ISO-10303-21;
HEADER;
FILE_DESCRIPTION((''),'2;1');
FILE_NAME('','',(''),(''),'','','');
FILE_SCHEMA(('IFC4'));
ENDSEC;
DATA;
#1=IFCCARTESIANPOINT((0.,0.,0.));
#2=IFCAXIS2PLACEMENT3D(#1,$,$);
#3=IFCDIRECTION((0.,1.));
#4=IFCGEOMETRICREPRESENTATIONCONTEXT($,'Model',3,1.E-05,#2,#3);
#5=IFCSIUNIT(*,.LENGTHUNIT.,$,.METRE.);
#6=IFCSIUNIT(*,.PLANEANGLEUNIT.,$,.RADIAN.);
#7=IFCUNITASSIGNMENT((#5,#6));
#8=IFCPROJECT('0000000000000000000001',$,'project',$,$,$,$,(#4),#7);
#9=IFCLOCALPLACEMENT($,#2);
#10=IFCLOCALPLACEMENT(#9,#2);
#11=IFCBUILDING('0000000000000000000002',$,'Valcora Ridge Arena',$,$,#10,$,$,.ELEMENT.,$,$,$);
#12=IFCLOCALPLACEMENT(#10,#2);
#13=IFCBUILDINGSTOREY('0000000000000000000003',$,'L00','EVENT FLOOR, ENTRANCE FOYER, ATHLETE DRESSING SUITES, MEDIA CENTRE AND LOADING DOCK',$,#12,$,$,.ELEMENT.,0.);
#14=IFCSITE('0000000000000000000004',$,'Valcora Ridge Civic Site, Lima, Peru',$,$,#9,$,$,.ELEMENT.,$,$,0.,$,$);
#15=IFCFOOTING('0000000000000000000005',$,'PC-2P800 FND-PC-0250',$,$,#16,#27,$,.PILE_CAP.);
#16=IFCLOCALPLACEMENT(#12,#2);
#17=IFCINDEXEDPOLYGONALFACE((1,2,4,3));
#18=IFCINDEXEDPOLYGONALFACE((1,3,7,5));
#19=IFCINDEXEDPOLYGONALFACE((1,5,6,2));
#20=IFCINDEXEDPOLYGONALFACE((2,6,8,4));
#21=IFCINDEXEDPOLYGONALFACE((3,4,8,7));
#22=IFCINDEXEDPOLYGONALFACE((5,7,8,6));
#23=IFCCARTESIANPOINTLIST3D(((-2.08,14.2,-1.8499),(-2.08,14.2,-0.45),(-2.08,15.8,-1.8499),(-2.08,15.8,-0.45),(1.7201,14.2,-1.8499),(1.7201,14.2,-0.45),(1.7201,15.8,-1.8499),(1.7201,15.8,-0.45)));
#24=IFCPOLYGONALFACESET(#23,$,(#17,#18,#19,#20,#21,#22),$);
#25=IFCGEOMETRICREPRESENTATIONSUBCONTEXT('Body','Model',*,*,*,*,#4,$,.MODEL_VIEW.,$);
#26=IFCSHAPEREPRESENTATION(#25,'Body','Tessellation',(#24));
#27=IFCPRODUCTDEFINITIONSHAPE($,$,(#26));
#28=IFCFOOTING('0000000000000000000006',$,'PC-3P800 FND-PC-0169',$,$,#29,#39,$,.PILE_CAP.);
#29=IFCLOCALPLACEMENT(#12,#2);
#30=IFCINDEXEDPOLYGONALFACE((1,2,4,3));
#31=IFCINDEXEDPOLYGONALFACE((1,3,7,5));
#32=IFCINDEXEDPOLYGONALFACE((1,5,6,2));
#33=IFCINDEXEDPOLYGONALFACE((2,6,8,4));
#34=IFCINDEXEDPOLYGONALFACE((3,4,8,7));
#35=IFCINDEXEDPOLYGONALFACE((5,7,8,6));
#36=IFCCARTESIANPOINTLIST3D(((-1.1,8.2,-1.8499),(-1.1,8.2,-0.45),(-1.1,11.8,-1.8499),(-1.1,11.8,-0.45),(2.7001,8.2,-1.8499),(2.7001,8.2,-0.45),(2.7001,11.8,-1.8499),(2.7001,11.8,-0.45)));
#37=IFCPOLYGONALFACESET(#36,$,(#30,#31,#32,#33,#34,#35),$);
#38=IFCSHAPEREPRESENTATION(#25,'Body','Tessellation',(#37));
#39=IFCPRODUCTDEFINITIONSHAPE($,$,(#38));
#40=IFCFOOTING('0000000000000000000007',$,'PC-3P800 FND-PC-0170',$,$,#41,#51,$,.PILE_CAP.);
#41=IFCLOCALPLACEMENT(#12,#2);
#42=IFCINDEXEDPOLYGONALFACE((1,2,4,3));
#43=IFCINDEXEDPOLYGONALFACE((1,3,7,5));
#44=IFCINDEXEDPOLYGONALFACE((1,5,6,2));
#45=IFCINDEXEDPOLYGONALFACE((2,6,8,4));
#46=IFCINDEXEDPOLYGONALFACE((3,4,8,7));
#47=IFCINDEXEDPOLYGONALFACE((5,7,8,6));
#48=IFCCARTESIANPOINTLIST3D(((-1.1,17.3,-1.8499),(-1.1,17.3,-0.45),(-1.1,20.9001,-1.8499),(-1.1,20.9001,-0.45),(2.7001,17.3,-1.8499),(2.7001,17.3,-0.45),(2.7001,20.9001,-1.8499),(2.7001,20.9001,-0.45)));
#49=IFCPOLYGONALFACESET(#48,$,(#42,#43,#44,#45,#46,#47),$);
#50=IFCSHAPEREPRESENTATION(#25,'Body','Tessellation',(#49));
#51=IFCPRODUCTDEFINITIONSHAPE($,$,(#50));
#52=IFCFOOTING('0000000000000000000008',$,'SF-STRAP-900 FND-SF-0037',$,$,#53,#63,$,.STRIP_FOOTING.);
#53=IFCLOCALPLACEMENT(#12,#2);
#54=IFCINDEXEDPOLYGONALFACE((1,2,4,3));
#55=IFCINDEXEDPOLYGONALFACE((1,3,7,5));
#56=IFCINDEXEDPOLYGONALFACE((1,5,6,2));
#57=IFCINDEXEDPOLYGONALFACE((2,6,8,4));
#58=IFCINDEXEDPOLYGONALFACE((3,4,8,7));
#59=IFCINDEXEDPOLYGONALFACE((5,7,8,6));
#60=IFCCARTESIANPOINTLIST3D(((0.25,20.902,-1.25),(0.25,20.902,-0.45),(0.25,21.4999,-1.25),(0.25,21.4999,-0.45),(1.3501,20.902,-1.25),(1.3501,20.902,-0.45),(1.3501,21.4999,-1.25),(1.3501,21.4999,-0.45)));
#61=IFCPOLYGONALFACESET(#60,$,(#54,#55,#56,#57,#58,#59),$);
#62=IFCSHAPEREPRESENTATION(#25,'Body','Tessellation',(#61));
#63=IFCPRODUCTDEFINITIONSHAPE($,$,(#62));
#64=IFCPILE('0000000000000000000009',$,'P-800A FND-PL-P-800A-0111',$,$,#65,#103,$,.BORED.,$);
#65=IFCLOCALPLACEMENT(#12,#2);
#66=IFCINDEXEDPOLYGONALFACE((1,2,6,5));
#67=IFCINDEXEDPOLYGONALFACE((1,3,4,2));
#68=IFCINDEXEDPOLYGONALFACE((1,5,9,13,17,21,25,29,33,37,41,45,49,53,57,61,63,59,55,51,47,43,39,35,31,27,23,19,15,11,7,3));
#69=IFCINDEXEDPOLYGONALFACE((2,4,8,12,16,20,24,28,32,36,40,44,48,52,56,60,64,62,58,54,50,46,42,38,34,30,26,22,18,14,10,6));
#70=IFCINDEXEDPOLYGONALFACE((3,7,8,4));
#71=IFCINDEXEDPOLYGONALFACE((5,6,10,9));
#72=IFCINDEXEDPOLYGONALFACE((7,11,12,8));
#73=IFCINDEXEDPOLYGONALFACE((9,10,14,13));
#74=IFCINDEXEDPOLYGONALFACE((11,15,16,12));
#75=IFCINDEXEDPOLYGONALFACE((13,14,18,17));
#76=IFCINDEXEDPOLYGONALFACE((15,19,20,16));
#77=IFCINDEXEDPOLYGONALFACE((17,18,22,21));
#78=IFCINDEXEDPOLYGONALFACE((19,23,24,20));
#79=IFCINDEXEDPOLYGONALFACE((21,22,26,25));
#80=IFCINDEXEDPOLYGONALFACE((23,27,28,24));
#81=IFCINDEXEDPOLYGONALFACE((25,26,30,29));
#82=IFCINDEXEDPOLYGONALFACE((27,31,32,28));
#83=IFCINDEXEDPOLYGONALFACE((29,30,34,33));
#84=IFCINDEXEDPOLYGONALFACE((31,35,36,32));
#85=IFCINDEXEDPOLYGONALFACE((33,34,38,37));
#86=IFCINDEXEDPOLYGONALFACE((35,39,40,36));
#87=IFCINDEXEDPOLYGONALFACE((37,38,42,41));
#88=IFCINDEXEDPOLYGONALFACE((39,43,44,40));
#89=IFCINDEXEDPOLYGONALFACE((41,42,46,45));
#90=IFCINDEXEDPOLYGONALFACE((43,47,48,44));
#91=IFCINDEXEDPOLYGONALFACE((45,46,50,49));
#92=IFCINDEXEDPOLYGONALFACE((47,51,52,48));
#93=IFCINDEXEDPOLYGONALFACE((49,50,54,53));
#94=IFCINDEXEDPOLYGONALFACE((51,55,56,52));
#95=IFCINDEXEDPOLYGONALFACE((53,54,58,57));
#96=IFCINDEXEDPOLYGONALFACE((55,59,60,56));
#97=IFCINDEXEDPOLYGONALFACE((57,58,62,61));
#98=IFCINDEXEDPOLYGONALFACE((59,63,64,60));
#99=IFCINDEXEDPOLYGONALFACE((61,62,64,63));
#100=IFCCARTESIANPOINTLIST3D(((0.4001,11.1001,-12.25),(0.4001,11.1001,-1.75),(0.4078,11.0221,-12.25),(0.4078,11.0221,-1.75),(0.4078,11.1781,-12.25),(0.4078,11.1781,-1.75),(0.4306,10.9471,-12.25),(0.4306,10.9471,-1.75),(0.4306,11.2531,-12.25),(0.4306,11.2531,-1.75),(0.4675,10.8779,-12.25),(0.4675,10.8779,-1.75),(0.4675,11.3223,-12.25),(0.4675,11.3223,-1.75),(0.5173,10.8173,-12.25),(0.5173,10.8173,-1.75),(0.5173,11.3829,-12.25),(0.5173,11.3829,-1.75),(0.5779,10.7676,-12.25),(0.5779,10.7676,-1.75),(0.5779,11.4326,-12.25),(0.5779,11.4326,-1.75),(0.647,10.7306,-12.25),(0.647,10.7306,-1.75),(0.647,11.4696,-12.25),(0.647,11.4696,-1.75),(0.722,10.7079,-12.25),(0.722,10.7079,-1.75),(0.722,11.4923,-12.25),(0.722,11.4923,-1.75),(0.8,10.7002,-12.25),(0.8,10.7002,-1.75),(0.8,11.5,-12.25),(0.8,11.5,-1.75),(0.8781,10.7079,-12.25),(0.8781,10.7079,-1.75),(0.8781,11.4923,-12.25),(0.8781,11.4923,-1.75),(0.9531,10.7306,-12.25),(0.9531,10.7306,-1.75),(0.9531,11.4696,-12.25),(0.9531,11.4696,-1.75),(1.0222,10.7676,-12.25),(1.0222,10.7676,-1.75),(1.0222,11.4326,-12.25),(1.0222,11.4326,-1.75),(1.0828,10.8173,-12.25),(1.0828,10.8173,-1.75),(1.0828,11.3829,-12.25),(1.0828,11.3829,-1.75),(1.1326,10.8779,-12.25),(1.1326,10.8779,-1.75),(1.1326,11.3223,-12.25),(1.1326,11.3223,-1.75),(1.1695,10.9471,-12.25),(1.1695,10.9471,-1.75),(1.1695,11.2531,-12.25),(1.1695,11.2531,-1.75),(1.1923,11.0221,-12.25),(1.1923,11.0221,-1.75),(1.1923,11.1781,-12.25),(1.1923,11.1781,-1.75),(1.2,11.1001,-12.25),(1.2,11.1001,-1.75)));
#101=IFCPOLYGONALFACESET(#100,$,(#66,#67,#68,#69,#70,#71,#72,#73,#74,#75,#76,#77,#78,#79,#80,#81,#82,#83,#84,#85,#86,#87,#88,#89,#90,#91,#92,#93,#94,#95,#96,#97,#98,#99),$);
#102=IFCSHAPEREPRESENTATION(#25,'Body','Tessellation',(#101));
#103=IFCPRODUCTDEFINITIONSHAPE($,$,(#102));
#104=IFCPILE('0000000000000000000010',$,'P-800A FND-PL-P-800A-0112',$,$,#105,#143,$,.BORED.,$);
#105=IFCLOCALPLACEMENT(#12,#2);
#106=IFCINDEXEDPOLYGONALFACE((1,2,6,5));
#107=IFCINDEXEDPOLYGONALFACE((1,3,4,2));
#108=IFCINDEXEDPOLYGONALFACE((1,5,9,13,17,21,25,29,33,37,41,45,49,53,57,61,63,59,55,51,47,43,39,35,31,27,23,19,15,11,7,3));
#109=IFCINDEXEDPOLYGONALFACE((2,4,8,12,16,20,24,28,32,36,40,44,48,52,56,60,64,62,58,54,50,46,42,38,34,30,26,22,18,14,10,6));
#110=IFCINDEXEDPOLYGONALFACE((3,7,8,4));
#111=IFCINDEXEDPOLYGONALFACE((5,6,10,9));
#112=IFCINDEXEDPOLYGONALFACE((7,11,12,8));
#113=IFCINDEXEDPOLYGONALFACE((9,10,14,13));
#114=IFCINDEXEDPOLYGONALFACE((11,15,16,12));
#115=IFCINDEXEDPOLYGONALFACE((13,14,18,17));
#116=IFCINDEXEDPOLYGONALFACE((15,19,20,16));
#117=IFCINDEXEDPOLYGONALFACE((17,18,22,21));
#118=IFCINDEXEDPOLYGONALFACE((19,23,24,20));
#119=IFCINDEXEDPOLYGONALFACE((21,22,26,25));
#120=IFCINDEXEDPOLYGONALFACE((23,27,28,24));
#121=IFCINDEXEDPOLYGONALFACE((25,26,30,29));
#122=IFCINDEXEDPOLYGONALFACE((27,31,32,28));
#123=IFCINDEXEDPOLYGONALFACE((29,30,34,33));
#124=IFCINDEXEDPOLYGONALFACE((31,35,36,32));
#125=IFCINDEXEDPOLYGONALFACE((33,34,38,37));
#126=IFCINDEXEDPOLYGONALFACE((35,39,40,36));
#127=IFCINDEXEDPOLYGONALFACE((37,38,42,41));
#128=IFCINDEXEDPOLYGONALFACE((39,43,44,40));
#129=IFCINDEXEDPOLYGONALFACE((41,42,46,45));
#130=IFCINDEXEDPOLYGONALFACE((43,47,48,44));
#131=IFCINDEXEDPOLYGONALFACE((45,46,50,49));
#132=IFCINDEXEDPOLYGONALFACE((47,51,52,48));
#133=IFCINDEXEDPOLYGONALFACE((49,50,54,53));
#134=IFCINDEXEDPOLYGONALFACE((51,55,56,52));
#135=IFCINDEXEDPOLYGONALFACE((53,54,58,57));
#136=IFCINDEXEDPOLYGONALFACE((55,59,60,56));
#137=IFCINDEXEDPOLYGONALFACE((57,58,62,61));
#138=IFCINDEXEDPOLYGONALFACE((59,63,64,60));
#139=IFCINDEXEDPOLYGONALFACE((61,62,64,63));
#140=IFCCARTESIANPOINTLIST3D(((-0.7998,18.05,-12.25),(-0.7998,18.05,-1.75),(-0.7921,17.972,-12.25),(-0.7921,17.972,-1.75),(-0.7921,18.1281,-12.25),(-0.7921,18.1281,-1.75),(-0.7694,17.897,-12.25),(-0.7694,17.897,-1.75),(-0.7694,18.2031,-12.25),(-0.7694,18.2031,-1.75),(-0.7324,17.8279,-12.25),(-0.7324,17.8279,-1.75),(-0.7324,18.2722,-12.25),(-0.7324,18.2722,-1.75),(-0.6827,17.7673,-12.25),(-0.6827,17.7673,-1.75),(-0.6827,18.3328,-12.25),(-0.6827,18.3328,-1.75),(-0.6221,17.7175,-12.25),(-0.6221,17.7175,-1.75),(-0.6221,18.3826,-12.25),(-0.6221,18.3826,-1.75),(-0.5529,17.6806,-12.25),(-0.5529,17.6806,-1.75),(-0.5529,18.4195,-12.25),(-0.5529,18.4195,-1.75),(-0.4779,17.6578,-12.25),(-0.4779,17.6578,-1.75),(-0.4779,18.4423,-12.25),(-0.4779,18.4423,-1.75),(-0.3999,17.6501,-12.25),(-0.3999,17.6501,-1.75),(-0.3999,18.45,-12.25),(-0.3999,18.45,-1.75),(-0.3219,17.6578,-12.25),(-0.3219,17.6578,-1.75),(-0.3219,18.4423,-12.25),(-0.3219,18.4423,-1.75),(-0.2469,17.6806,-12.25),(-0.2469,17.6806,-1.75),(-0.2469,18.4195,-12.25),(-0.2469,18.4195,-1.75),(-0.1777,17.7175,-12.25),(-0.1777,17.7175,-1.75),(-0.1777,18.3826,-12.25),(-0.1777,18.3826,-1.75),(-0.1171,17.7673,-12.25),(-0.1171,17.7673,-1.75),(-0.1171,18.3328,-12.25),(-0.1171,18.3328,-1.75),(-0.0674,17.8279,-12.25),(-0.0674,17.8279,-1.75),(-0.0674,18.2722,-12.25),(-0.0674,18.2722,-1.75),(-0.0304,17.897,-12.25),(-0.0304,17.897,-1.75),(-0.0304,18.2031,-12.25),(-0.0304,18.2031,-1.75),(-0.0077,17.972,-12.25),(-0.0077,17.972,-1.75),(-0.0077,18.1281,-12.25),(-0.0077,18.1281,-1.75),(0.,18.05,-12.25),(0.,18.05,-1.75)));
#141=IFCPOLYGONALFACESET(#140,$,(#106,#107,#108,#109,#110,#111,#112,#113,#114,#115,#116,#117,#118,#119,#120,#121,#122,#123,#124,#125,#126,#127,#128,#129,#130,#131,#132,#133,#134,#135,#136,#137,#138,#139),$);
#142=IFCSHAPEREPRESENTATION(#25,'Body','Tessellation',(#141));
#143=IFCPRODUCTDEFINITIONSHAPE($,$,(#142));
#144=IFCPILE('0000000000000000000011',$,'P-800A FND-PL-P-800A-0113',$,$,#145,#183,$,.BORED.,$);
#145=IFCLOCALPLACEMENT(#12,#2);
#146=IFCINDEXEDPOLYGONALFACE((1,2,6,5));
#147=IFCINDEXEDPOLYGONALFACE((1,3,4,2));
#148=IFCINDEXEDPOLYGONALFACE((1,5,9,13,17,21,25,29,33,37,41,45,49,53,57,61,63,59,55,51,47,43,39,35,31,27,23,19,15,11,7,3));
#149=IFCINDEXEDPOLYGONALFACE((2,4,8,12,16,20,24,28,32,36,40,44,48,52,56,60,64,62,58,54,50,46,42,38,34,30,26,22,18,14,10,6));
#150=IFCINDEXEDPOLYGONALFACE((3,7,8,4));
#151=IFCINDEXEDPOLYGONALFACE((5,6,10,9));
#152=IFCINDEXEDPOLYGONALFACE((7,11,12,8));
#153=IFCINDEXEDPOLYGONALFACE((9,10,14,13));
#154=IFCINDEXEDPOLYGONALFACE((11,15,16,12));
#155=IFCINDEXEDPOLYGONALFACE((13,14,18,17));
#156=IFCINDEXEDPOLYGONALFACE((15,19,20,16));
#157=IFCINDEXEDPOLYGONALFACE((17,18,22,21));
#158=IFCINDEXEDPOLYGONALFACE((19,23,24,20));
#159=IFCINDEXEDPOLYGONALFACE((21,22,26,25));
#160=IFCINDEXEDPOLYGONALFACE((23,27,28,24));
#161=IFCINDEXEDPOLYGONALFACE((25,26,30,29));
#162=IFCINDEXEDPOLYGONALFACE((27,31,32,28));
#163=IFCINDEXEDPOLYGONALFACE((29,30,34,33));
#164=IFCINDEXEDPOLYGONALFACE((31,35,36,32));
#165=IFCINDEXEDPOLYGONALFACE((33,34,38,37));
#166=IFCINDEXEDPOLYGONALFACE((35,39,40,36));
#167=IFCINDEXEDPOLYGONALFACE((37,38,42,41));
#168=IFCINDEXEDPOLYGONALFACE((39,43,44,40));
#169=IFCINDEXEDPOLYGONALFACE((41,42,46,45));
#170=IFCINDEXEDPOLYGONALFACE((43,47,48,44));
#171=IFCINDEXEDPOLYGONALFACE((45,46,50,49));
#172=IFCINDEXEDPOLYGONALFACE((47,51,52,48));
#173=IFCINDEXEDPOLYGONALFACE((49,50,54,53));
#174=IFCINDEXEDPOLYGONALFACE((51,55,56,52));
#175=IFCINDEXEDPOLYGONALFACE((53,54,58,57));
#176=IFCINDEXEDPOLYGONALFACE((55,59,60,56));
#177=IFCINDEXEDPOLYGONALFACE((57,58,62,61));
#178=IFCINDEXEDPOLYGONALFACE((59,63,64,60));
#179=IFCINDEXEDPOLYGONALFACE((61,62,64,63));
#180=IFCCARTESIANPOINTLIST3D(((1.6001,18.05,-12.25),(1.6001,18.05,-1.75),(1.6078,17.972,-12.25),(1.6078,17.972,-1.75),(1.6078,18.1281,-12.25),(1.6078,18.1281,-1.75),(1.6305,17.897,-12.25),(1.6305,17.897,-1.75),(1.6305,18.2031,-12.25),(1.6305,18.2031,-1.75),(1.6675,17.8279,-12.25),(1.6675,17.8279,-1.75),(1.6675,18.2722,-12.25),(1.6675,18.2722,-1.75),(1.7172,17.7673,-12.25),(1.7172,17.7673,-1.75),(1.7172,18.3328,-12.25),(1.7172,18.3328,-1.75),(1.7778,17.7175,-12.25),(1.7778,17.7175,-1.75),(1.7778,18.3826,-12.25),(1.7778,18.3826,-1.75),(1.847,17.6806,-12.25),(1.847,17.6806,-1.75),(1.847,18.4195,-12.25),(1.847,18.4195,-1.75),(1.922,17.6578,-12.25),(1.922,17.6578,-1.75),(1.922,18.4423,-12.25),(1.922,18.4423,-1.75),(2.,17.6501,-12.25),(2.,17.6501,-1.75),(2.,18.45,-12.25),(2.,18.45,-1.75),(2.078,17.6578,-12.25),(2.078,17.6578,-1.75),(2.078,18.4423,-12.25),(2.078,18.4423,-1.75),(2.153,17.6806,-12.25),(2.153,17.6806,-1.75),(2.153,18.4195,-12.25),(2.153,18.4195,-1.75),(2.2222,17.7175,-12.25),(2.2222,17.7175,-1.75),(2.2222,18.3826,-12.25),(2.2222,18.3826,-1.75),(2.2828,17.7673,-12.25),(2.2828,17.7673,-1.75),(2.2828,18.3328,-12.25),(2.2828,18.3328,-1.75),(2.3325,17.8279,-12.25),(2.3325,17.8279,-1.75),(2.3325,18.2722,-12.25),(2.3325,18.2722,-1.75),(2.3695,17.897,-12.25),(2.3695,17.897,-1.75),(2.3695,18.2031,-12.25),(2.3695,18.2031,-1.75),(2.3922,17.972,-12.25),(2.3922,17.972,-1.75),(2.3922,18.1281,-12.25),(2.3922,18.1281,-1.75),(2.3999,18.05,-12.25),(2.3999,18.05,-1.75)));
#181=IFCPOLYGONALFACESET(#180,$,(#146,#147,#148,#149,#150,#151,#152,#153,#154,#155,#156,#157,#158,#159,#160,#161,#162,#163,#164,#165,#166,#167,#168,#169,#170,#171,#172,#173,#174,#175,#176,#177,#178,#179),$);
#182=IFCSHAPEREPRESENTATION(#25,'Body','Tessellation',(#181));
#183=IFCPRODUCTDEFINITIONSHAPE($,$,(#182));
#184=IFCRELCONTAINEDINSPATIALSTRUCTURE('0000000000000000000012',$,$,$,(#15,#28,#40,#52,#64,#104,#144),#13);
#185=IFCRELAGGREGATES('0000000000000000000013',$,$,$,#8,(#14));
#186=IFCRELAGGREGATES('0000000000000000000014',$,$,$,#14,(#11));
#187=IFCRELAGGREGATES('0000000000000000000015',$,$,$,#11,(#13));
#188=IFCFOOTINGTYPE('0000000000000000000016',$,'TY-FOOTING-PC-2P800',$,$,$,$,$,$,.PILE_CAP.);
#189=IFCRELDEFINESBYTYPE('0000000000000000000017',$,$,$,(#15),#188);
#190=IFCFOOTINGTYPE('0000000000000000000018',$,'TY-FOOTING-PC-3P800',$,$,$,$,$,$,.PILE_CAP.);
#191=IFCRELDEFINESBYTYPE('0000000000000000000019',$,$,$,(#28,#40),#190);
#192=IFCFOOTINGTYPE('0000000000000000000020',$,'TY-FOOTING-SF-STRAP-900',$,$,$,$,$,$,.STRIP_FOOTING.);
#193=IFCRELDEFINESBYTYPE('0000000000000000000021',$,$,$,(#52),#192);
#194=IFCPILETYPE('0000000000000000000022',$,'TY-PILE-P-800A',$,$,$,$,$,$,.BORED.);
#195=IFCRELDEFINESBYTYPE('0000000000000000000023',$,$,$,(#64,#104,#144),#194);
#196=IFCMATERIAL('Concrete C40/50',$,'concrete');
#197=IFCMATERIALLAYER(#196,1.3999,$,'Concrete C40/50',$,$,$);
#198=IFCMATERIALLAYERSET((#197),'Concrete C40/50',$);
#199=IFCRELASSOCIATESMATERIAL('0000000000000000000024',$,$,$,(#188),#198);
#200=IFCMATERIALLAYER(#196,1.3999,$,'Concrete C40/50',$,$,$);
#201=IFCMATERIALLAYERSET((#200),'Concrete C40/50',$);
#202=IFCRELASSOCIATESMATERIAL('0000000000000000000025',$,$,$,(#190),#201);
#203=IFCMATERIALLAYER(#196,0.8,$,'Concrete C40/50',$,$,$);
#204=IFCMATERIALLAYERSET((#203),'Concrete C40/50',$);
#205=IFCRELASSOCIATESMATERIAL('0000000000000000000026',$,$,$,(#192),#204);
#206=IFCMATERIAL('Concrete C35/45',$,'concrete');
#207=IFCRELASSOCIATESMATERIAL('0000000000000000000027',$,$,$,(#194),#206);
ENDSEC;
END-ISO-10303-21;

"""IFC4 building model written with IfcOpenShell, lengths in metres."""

from ifc_helpers import new_model, si_unit, direction, frame, origin, origin_2d, place, context, subcontext, project, spatial, rectangle, circle, extrude, material, layer, layer_set, material_profile, profile_set, type_object, element, save


model = new_model("IFC4")

# Units and contexts
model_context = context("Model", 3, precision=1e-05, world=origin(), true_north=direction((0.0, 1.0)))
body_context = subcontext(model_context, "Body", "Model", "MODEL_VIEW")
ifc_project = project(units=[si_unit("LENGTHUNIT", "METRE"), si_unit("PLANEANGLEUNIT", "RADIAN")], contexts=[model_context])

# Site, building, storey
site_placement = place(None, origin())
site = spatial("IfcSite", under=ifc_project, at=site_placement, Name="Valcora Ridge Civic Site, Lima, Peru", CompositionType="ELEMENT", RefElevation=0.0)
building_placement = place(site_placement, origin())
building = spatial("IfcBuilding", under=site, at=building_placement, Name="Valcora Ridge Arena", CompositionType="ELEMENT")
storey_placement = place(building_placement, origin())
storey = spatial("IfcBuildingStorey", under=building, at=storey_placement, Name="L00", Description="EVENT FLOOR, ENTRANCE FOYER, ATHLETE DRESSING SUITES, MEDIA CENTRE AND LOADING DOCK", CompositionType="ELEMENT", Elevation=0.0)

# Footings
ifc_material_1 = material(Name="Concrete C40/50", Category="concrete")
ifc_layer_1 = layer(ifc_material_1, 1.3999, Name="Concrete C40/50")
ifc_layer_set_1 = layer_set([ifc_layer_1], Name="Concrete C40/50")
footing_type_1 = type_object("IfcFootingType", Name="TY-FOOTING-PC-2P800", PredefinedType="PILE_CAP", material=ifc_layer_set_1)
footing_1_placement = place(storey_placement, frame((-0.1799, 15.0, -1.8499), z_axis=(0.0, 0.0, 1.0), x_axis=(1.0, 0.0, 0.0)))
element("IfcFooting", 1, at=footing_1_placement, inside=storey, type_object=footing_type_1, Name="PC-2P800 FND-PC-0250", PredefinedType="PILE_CAP", context=body_context, shape_type="SweptSolid", body=[
    extrude(rectangle(XDim=3.8, YDim=1.6001, at=origin_2d()), origin(), (0.0, 0.0, 1.0), 1.3999),
])
ifc_layer_2 = layer(ifc_material_1, 1.3999, Name="Concrete C40/50")
ifc_layer_set_2 = layer_set([ifc_layer_2], Name="Concrete C40/50")
footing_type_2 = type_object("IfcFootingType", Name="TY-FOOTING-PC-3P800", PredefinedType="PILE_CAP", material=ifc_layer_set_2)
for number, where, z_axis, x_axis, name in (
    (2, (0.8, 10.0, -1.8499), (0.0, 0.0, 1.0), (1.0, 0.0, 0.0), "PC-3P800 FND-PC-0169"),
    (3, (0.8, 19.1001, -1.8499), (0.0, 0.0, 1.0), (1.0, 0.0, 0.0), "PC-3P800 FND-PC-0170"),
):
    element("IfcFooting", number, at=place(storey_placement, frame(where, z_axis=z_axis, x_axis=x_axis)), inside=storey, type_object=footing_type_2, Name=name, PredefinedType="PILE_CAP", context=body_context, shape_type="SweptSolid", body=[
        extrude(rectangle(XDim=3.8, YDim=3.6001, at=origin_2d()), origin(), (0.0, 0.0, 1.0), 1.3999),
    ])
ifc_layer_3 = layer(ifc_material_1, 0.8, Name="Concrete C40/50")
ifc_layer_set_3 = layer_set([ifc_layer_3], Name="Concrete C40/50")
footing_type_3 = type_object("IfcFootingType", Name="TY-FOOTING-SF-STRAP-900", PredefinedType="STRIP_FOOTING", material=ifc_layer_set_3)
footing_2_placement = place(storey_placement, frame((0.8, 21.2009, -1.25), z_axis=(0.0, 0.0, 1.0), x_axis=(1.0, 0.0, 0.0)))
element("IfcFooting", 4, at=footing_2_placement, inside=storey, type_object=footing_type_3, Name="SF-STRAP-900 FND-SF-0037", PredefinedType="STRIP_FOOTING", context=body_context, shape_type="SweptSolid", body=[
    extrude(rectangle(XDim=1.1001, YDim=0.5979, at=origin_2d()), origin(), (0.0, 0.0, 1.0), 0.8),
])

# Piles
ifc_material_2 = material(Name="Concrete C35/45", Category="concrete")
ifc_material_profile_1 = material_profile(ifc_material_2, circle(Radius=0.3999, at=origin_2d()), Name="BORED PILE D800")
ifc_profile_set_1 = profile_set([ifc_material_profile_1], Name="Concrete C35/45")
pile_type_1 = type_object("IfcPileType", Name="TY-PILE-P-800A", PredefinedType="BORED", material=ifc_profile_set_1)
for number, where, z_axis, x_axis, name in (
    (5, (0.8, 11.1001, -1.75), (0.0, 0.0, -1.0), (1.0, 0.0, 0.0), "P-800A FND-PL-P-800A-0111"),
    (6, (-0.3999, 18.05, -1.75), (0.0, 0.0, -1.0), (1.0, 0.0, 0.0), "P-800A FND-PL-P-800A-0112"),
    (7, (2.0, 18.05, -1.75), (0.0, 0.0, -1.0), (1.0, 0.0, 0.0), "P-800A FND-PL-P-800A-0113"),
):
    element("IfcPile", number, at=place(storey_placement, frame(where, z_axis=z_axis, x_axis=x_axis)), inside=storey, type_object=pile_type_1, Name=name, PredefinedType="BORED", context=body_context, shape_type="SweptSolid", body=[
        extrude(circle(Radius=0.3999, at=origin_2d()), origin(), (0.0, 0.0, 1.0), 10.5),
    ])

save(model, "model.ifc")
